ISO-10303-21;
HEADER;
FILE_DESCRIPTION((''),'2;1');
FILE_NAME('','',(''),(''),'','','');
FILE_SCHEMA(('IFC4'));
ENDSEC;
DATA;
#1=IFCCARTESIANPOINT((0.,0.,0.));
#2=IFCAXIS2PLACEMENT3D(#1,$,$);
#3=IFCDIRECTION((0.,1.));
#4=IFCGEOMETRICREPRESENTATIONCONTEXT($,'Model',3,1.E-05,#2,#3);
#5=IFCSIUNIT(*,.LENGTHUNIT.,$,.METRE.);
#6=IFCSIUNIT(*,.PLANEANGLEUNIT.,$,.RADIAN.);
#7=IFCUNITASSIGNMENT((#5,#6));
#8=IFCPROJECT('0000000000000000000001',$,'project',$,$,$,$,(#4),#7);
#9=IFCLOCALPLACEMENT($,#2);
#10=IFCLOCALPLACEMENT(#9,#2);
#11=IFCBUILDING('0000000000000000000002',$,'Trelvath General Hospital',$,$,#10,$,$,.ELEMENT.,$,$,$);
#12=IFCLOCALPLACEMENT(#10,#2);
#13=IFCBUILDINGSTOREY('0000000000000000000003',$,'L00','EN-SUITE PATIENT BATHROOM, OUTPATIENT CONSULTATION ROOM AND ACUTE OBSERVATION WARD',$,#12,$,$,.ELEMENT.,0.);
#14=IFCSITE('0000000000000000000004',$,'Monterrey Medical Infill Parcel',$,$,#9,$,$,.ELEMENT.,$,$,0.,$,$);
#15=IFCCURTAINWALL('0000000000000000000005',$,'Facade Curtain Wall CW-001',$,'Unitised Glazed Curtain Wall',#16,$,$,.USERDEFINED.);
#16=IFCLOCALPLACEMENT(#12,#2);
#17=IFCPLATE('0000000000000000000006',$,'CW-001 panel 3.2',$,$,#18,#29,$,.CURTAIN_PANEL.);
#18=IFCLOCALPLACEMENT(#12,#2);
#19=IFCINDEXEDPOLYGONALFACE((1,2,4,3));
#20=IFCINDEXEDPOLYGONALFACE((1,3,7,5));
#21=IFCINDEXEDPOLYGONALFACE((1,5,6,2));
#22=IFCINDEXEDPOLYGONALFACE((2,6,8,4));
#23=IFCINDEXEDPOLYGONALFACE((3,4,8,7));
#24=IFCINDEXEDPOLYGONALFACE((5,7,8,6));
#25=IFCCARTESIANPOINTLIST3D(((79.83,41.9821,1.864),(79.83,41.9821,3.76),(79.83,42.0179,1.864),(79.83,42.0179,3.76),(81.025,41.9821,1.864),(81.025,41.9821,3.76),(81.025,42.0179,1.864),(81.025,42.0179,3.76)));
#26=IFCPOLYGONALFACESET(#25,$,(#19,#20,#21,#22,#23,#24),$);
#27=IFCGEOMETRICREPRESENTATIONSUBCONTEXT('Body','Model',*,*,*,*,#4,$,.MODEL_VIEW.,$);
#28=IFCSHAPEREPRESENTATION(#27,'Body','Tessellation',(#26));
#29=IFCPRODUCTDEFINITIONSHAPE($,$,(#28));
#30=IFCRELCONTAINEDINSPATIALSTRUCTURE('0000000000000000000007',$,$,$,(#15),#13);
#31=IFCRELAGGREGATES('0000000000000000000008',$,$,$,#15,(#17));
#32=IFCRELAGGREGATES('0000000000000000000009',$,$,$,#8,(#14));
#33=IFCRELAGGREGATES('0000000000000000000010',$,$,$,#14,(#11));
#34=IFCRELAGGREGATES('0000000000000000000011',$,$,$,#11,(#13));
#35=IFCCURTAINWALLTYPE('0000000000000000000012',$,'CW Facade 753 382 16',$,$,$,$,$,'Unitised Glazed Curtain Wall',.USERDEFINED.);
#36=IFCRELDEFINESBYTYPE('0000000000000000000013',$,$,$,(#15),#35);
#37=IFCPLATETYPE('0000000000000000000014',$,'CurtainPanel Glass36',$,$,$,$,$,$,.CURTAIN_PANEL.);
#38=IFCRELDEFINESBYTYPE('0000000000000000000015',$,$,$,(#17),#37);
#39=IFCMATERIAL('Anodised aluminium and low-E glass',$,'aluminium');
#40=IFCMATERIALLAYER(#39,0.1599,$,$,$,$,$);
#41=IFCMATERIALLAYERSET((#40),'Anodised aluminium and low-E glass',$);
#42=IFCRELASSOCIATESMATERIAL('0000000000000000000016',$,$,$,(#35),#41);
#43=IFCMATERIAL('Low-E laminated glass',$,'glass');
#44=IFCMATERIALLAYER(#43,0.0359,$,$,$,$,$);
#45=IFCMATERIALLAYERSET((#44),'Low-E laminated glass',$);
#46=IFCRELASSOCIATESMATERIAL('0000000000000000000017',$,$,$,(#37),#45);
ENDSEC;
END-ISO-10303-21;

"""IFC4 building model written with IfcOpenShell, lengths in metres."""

from ifc_helpers import new_model, si_unit, direction, frame, origin, origin_2d, place, context, subcontext, project, spatial, rectangle, extrude, material, layer, layer_set, type_object, element, aggregate, save


model = new_model("IFC4")

# Units and contexts
model_context = context("Model", 3, precision=1e-05, world=origin(), true_north=direction((0.0, 1.0)))
body_context = subcontext(model_context, "Body", "Model", "MODEL_VIEW")
ifc_project = project(units=[si_unit("LENGTHUNIT", "METRE"), si_unit("PLANEANGLEUNIT", "RADIAN")], contexts=[model_context])

# Site, building, storey
site_placement = place(None, origin())
site = spatial("IfcSite", under=ifc_project, at=site_placement, Name="Monterrey Medical Infill Parcel", CompositionType="ELEMENT", RefElevation=0.0)
building_placement = place(site_placement, origin())
building = spatial("IfcBuilding", under=site, at=building_placement, Name="Trelvath General Hospital", CompositionType="ELEMENT")
storey_placement = place(building_placement, origin())
storey = spatial("IfcBuildingStorey", under=building, at=storey_placement, Name="L00", Description="EN-SUITE PATIENT BATHROOM, OUTPATIENT CONSULTATION ROOM AND ACUTE OBSERVATION WARD", CompositionType="ELEMENT", Elevation=0.0)

# Curtain wall, plate
ifc_material_1 = material(Name="Anodised aluminium and low-E glass", Category="aluminium")
ifc_layer_1 = layer(ifc_material_1, 0.1599)
ifc_layer_set_1 = layer_set([ifc_layer_1], Name="Anodised aluminium and low-E glass")
curtain_wall_type = type_object("IfcCurtainWallType", Name="CW Facade 753 382 16", ElementType="Unitised Glazed Curtain Wall", PredefinedType="USERDEFINED", material=ifc_layer_set_1)
curtain_wall_placement = place(storey_placement, origin())
curtain_wall = element("IfcCurtainWall", 1, at=curtain_wall_placement, inside=storey, type_object=curtain_wall_type, Name="Facade Curtain Wall CW-001", ObjectType="Unitised Glazed Curtain Wall", PredefinedType="USERDEFINED")
ifc_material_2 = material(Name="Low-E laminated glass", Category="glass")
ifc_layer_2 = layer(ifc_material_2, 0.0359)
ifc_layer_set_2 = layer_set([ifc_layer_2], Name="Low-E laminated glass")
plate_type = type_object("IfcPlateType", Name="CurtainPanel Glass36", PredefinedType="CURTAIN_PANEL", material=ifc_layer_set_2)
plate_1_placement = place(storey_placement, frame((80.4275, 42.0, 1.864), z_axis=(0.0, 0.0, 1.0), x_axis=(-1.0, 0.0, 0.0)))
plate_1 = element("IfcPlate", 2, at=plate_1_placement, type_object=plate_type, Name="CW-001 panel 3.2", PredefinedType="CURTAIN_PANEL", context=body_context, shape_type="SweptSolid", body=[
    extrude(rectangle(XDim=1.1951, YDim=0.0359, at=origin_2d()), origin(), (0.0, 0.0, 1.0), 1.896),
])
aggregate(curtain_wall, [plate_1])

save(model, "model.ifc")
